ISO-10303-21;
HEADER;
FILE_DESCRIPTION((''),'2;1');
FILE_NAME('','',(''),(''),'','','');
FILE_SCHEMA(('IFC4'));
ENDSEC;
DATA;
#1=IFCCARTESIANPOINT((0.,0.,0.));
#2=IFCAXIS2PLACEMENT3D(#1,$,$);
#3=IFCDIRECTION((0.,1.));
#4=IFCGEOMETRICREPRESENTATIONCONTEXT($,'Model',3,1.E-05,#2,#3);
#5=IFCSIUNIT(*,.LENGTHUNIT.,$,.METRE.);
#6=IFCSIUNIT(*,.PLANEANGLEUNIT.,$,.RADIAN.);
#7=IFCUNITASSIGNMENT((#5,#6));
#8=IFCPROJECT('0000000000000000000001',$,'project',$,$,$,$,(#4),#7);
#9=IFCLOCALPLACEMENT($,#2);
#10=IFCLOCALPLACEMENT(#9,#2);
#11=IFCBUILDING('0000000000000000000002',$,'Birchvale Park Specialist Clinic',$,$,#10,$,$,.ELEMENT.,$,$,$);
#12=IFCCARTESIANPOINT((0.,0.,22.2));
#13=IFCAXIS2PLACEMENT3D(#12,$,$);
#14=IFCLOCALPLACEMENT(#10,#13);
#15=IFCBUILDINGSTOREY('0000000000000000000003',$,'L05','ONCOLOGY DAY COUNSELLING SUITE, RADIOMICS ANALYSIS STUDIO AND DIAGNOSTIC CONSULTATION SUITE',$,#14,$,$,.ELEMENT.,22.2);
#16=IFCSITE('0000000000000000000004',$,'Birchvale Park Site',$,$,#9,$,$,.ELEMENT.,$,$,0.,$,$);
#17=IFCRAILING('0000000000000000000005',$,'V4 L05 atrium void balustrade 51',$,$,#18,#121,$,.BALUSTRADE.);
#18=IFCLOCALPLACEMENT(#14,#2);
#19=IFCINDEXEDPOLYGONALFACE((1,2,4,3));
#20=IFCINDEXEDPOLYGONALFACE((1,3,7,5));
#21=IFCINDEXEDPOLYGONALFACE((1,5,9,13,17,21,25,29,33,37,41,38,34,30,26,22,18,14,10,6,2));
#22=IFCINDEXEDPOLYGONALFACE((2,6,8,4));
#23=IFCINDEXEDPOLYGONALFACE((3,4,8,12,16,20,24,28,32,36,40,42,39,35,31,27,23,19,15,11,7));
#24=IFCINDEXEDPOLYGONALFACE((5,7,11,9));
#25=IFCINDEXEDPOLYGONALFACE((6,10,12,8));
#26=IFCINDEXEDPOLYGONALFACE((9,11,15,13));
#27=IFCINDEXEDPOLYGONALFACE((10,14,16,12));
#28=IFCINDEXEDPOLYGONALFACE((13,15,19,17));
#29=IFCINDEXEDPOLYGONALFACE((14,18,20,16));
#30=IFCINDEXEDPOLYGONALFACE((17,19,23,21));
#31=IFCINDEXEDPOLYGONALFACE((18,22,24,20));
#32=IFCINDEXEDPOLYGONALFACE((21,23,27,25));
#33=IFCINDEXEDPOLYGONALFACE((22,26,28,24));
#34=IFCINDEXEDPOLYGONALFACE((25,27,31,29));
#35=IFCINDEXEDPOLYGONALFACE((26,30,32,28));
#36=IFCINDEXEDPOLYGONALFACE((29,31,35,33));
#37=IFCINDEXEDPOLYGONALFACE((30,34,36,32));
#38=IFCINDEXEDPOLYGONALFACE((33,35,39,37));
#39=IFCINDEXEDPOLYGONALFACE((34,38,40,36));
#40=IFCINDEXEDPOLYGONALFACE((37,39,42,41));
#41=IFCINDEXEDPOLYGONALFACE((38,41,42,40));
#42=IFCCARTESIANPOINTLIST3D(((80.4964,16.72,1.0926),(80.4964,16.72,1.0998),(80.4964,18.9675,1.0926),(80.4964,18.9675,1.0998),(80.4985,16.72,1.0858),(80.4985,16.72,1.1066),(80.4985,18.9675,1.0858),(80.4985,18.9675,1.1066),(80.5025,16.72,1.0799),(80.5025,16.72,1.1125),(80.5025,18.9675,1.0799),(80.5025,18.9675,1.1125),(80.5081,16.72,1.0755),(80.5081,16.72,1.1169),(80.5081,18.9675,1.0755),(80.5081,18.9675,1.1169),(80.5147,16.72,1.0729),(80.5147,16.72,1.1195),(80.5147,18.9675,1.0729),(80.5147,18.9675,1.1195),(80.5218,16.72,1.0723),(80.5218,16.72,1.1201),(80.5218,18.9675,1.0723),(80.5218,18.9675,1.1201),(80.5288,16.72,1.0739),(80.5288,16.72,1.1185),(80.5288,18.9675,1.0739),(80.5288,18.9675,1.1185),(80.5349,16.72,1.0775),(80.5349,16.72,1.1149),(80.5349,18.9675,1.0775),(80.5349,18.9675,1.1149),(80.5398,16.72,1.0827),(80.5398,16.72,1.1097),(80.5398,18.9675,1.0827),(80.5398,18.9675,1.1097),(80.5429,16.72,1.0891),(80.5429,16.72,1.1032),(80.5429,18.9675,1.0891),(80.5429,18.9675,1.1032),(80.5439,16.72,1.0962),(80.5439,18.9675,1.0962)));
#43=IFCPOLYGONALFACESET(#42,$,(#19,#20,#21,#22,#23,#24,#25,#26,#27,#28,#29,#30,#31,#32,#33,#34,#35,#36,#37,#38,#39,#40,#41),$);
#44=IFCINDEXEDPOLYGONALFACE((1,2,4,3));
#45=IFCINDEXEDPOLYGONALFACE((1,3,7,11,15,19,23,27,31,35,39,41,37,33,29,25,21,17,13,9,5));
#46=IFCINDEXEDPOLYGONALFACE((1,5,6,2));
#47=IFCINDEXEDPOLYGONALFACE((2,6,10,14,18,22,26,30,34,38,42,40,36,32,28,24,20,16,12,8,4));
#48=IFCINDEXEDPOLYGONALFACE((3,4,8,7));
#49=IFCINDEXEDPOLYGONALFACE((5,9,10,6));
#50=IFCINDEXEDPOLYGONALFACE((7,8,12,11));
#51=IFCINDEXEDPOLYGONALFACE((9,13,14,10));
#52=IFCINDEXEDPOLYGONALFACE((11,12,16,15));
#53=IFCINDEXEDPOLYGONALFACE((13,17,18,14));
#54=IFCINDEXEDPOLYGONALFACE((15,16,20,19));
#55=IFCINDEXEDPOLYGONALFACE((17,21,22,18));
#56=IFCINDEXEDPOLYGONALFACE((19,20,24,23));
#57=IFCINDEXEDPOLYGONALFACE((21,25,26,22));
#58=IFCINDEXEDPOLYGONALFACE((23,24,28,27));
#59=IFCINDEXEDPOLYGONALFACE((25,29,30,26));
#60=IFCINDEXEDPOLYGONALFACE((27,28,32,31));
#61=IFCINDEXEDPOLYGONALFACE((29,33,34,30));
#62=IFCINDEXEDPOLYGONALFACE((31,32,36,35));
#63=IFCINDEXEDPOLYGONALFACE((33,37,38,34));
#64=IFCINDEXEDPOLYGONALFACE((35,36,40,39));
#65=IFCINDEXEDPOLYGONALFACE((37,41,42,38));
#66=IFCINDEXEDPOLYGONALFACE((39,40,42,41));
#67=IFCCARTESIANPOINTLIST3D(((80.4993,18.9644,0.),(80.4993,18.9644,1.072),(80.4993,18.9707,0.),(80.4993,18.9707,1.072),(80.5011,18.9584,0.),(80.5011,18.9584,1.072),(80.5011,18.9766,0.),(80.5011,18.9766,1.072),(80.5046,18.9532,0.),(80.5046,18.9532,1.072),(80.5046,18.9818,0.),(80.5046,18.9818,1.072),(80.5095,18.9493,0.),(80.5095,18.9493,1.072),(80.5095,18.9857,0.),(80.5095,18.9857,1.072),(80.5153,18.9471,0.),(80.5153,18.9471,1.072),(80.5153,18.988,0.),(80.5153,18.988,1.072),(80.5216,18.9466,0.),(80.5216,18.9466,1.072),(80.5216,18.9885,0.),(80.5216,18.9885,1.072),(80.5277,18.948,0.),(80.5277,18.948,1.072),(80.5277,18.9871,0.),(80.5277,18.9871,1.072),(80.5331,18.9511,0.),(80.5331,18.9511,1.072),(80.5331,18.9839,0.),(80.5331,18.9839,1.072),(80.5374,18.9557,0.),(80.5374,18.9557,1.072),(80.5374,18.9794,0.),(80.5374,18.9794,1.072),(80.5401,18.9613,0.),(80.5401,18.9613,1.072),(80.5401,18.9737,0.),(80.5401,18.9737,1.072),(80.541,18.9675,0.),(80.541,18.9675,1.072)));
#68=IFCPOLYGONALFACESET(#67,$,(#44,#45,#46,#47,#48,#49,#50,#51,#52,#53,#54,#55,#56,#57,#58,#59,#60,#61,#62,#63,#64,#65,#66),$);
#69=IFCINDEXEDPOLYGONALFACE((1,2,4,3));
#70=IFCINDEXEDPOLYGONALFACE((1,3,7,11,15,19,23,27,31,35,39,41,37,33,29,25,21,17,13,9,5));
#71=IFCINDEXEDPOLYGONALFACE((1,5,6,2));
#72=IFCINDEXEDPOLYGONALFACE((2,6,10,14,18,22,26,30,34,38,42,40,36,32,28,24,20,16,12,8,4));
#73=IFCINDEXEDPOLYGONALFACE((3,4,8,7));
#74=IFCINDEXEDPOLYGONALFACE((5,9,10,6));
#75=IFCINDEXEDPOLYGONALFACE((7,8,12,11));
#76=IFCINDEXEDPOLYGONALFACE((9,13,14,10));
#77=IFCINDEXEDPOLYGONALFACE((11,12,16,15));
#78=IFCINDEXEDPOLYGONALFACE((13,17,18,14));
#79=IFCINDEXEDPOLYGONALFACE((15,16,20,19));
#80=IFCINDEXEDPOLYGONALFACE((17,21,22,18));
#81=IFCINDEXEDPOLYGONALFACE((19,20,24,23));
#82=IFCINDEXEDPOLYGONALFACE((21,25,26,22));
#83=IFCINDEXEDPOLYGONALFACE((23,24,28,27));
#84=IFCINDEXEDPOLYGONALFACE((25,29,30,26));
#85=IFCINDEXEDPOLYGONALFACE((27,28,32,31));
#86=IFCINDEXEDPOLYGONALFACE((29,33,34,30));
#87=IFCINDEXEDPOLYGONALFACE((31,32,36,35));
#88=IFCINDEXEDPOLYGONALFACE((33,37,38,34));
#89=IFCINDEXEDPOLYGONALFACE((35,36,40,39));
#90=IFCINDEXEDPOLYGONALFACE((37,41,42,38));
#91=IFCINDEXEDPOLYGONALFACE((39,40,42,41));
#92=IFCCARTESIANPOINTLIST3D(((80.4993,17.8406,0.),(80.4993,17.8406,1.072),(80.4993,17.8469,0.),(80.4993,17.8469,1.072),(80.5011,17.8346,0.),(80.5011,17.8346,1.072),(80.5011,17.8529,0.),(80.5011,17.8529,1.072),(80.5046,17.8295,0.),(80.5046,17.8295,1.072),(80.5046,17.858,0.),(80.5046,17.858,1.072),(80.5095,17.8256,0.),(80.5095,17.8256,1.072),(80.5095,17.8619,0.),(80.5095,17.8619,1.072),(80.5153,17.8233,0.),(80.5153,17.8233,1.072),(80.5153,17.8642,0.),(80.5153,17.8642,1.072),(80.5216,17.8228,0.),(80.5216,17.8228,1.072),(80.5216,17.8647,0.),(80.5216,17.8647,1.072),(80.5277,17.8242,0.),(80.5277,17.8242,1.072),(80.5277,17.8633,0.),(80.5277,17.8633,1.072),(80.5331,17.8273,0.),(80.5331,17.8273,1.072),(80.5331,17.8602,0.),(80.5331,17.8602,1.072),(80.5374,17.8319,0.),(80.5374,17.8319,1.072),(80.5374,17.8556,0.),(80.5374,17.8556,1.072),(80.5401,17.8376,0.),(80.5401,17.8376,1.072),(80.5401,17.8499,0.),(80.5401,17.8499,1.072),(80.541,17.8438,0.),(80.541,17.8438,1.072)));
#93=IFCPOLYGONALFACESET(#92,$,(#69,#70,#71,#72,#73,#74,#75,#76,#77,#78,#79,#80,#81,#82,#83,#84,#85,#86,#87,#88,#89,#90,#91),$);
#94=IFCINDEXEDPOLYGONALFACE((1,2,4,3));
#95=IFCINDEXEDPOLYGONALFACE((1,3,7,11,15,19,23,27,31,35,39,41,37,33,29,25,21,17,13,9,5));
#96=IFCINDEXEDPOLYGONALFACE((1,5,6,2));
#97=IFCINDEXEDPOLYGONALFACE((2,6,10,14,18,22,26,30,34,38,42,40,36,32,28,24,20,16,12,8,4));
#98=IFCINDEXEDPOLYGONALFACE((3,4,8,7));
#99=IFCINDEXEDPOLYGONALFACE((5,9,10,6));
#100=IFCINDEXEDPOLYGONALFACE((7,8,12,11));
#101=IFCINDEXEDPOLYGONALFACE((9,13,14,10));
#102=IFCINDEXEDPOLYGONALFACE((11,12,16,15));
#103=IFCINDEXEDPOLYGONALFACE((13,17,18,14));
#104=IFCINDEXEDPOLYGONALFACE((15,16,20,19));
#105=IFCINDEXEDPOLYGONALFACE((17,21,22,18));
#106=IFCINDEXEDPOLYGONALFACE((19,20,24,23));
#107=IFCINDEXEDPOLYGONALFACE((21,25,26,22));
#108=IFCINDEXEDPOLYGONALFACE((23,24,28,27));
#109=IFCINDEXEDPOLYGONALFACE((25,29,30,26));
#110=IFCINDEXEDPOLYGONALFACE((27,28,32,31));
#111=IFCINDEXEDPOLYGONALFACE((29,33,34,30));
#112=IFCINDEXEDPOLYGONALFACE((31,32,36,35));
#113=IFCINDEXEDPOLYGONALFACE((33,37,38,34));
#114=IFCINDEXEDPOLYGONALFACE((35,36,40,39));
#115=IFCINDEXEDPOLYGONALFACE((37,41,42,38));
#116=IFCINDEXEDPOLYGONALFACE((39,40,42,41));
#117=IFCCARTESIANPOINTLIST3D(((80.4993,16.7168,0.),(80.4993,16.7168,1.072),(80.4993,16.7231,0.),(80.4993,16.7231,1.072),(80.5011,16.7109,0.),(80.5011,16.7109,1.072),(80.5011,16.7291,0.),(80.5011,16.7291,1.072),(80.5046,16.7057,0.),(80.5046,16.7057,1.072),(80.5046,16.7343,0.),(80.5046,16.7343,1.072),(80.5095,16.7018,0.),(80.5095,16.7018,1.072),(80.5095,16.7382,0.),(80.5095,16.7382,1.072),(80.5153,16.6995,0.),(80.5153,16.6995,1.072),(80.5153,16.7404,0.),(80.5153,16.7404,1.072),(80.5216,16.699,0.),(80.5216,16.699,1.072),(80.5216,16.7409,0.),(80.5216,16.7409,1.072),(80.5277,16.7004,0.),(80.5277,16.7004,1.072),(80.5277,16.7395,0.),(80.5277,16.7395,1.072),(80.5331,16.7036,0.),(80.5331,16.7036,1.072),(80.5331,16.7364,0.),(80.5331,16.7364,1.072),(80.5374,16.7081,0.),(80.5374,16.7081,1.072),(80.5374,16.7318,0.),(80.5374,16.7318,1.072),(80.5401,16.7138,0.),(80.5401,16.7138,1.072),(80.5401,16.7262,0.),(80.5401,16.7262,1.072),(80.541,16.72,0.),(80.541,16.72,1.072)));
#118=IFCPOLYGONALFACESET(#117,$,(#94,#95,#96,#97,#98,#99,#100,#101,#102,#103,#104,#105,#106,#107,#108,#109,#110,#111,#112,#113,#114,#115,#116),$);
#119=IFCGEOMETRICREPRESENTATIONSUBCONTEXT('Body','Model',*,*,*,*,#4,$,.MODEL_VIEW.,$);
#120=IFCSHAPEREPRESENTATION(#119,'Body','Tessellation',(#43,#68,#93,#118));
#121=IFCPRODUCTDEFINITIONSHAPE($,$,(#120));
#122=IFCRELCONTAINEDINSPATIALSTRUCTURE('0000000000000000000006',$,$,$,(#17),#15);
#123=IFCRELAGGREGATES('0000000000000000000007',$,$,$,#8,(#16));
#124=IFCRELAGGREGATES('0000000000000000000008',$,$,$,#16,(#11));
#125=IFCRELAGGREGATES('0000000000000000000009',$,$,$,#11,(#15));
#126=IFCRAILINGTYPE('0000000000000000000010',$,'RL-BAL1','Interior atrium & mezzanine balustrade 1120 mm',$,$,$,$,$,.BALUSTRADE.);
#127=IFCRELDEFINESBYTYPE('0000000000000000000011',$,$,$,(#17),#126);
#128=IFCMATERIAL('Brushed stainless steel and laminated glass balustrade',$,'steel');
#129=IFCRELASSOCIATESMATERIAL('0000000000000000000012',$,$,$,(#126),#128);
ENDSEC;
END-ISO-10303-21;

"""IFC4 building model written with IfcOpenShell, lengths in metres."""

from ifc_helpers import new_model, si_unit, direction, frame, origin, origin_2d, place, context, subcontext, project, spatial, circle, extrude, material, type_object, element, save


model = new_model("IFC4")

# Units and contexts
model_context = context("Model", 3, precision=1e-05, world=origin(), true_north=direction((0.0, 1.0)))
body_context = subcontext(model_context, "Body", "Model", "MODEL_VIEW")
ifc_project = project(units=[si_unit("LENGTHUNIT", "METRE"), si_unit("PLANEANGLEUNIT", "RADIAN")], contexts=[model_context])

# Site, building, storey
site_placement = place(None, origin())
site = spatial("IfcSite", under=ifc_project, at=site_placement, Name="Birchvale Park Site", CompositionType="ELEMENT", RefElevation=0.0)
building_placement = place(site_placement, origin())
building = spatial("IfcBuilding", under=site, at=building_placement, Name="Birchvale Park Specialist Clinic", CompositionType="ELEMENT")
storey_placement = place(building_placement, frame((0.0, 0.0, 22.2)))
storey = spatial("IfcBuildingStorey", under=building, at=storey_placement, Name="L05", Description="ONCOLOGY DAY COUNSELLING SUITE, RADIOMICS ANALYSIS STUDIO AND DIAGNOSTIC CONSULTATION SUITE", CompositionType="ELEMENT", Elevation=22.2)

# Railing
ifc_material_1 = material(Name="Brushed stainless steel and laminated glass balustrade", Category="steel")
railing_type = type_object("IfcRailingType", Name="RL-BAL1", Description="Interior atrium & mezzanine balustrade 1120 mm", PredefinedType="BALUSTRADE", material=ifc_material_1)
railing_1_placement = place(storey_placement, frame((80.52, 18.9675, 0.0)))
element("IfcRailing", 1, at=railing_1_placement, inside=storey, type_object=railing_type, Name="V4 L05 atrium void balustrade 51", PredefinedType="BALUSTRADE", context=body_context, shape_type="SweptSolid", body=[
    extrude(circle(Radius=0.0239, at=origin_2d()), frame((0.0, 0.0, 1.0962), z_axis=(0.0, -1.0, 0.0), x_axis=(1.0, 0.0, 0.0)), (0.0, 0.0, 1.0), 2.2476),
    extrude(circle(Radius=0.021, at=origin_2d()), origin(), (0.0, 0.0, 1.0), 1.072),
    extrude(circle(Radius=0.021, at=origin_2d()), frame((0.0, -1.1238, 0.0)), (0.0, 0.0, 1.0), 1.072),
    extrude(circle(Radius=0.021, at=origin_2d()), frame((0.0, -2.2476, 0.0)), (0.0, 0.0, 1.0), 1.072),
])

save(model, "model.ifc")
